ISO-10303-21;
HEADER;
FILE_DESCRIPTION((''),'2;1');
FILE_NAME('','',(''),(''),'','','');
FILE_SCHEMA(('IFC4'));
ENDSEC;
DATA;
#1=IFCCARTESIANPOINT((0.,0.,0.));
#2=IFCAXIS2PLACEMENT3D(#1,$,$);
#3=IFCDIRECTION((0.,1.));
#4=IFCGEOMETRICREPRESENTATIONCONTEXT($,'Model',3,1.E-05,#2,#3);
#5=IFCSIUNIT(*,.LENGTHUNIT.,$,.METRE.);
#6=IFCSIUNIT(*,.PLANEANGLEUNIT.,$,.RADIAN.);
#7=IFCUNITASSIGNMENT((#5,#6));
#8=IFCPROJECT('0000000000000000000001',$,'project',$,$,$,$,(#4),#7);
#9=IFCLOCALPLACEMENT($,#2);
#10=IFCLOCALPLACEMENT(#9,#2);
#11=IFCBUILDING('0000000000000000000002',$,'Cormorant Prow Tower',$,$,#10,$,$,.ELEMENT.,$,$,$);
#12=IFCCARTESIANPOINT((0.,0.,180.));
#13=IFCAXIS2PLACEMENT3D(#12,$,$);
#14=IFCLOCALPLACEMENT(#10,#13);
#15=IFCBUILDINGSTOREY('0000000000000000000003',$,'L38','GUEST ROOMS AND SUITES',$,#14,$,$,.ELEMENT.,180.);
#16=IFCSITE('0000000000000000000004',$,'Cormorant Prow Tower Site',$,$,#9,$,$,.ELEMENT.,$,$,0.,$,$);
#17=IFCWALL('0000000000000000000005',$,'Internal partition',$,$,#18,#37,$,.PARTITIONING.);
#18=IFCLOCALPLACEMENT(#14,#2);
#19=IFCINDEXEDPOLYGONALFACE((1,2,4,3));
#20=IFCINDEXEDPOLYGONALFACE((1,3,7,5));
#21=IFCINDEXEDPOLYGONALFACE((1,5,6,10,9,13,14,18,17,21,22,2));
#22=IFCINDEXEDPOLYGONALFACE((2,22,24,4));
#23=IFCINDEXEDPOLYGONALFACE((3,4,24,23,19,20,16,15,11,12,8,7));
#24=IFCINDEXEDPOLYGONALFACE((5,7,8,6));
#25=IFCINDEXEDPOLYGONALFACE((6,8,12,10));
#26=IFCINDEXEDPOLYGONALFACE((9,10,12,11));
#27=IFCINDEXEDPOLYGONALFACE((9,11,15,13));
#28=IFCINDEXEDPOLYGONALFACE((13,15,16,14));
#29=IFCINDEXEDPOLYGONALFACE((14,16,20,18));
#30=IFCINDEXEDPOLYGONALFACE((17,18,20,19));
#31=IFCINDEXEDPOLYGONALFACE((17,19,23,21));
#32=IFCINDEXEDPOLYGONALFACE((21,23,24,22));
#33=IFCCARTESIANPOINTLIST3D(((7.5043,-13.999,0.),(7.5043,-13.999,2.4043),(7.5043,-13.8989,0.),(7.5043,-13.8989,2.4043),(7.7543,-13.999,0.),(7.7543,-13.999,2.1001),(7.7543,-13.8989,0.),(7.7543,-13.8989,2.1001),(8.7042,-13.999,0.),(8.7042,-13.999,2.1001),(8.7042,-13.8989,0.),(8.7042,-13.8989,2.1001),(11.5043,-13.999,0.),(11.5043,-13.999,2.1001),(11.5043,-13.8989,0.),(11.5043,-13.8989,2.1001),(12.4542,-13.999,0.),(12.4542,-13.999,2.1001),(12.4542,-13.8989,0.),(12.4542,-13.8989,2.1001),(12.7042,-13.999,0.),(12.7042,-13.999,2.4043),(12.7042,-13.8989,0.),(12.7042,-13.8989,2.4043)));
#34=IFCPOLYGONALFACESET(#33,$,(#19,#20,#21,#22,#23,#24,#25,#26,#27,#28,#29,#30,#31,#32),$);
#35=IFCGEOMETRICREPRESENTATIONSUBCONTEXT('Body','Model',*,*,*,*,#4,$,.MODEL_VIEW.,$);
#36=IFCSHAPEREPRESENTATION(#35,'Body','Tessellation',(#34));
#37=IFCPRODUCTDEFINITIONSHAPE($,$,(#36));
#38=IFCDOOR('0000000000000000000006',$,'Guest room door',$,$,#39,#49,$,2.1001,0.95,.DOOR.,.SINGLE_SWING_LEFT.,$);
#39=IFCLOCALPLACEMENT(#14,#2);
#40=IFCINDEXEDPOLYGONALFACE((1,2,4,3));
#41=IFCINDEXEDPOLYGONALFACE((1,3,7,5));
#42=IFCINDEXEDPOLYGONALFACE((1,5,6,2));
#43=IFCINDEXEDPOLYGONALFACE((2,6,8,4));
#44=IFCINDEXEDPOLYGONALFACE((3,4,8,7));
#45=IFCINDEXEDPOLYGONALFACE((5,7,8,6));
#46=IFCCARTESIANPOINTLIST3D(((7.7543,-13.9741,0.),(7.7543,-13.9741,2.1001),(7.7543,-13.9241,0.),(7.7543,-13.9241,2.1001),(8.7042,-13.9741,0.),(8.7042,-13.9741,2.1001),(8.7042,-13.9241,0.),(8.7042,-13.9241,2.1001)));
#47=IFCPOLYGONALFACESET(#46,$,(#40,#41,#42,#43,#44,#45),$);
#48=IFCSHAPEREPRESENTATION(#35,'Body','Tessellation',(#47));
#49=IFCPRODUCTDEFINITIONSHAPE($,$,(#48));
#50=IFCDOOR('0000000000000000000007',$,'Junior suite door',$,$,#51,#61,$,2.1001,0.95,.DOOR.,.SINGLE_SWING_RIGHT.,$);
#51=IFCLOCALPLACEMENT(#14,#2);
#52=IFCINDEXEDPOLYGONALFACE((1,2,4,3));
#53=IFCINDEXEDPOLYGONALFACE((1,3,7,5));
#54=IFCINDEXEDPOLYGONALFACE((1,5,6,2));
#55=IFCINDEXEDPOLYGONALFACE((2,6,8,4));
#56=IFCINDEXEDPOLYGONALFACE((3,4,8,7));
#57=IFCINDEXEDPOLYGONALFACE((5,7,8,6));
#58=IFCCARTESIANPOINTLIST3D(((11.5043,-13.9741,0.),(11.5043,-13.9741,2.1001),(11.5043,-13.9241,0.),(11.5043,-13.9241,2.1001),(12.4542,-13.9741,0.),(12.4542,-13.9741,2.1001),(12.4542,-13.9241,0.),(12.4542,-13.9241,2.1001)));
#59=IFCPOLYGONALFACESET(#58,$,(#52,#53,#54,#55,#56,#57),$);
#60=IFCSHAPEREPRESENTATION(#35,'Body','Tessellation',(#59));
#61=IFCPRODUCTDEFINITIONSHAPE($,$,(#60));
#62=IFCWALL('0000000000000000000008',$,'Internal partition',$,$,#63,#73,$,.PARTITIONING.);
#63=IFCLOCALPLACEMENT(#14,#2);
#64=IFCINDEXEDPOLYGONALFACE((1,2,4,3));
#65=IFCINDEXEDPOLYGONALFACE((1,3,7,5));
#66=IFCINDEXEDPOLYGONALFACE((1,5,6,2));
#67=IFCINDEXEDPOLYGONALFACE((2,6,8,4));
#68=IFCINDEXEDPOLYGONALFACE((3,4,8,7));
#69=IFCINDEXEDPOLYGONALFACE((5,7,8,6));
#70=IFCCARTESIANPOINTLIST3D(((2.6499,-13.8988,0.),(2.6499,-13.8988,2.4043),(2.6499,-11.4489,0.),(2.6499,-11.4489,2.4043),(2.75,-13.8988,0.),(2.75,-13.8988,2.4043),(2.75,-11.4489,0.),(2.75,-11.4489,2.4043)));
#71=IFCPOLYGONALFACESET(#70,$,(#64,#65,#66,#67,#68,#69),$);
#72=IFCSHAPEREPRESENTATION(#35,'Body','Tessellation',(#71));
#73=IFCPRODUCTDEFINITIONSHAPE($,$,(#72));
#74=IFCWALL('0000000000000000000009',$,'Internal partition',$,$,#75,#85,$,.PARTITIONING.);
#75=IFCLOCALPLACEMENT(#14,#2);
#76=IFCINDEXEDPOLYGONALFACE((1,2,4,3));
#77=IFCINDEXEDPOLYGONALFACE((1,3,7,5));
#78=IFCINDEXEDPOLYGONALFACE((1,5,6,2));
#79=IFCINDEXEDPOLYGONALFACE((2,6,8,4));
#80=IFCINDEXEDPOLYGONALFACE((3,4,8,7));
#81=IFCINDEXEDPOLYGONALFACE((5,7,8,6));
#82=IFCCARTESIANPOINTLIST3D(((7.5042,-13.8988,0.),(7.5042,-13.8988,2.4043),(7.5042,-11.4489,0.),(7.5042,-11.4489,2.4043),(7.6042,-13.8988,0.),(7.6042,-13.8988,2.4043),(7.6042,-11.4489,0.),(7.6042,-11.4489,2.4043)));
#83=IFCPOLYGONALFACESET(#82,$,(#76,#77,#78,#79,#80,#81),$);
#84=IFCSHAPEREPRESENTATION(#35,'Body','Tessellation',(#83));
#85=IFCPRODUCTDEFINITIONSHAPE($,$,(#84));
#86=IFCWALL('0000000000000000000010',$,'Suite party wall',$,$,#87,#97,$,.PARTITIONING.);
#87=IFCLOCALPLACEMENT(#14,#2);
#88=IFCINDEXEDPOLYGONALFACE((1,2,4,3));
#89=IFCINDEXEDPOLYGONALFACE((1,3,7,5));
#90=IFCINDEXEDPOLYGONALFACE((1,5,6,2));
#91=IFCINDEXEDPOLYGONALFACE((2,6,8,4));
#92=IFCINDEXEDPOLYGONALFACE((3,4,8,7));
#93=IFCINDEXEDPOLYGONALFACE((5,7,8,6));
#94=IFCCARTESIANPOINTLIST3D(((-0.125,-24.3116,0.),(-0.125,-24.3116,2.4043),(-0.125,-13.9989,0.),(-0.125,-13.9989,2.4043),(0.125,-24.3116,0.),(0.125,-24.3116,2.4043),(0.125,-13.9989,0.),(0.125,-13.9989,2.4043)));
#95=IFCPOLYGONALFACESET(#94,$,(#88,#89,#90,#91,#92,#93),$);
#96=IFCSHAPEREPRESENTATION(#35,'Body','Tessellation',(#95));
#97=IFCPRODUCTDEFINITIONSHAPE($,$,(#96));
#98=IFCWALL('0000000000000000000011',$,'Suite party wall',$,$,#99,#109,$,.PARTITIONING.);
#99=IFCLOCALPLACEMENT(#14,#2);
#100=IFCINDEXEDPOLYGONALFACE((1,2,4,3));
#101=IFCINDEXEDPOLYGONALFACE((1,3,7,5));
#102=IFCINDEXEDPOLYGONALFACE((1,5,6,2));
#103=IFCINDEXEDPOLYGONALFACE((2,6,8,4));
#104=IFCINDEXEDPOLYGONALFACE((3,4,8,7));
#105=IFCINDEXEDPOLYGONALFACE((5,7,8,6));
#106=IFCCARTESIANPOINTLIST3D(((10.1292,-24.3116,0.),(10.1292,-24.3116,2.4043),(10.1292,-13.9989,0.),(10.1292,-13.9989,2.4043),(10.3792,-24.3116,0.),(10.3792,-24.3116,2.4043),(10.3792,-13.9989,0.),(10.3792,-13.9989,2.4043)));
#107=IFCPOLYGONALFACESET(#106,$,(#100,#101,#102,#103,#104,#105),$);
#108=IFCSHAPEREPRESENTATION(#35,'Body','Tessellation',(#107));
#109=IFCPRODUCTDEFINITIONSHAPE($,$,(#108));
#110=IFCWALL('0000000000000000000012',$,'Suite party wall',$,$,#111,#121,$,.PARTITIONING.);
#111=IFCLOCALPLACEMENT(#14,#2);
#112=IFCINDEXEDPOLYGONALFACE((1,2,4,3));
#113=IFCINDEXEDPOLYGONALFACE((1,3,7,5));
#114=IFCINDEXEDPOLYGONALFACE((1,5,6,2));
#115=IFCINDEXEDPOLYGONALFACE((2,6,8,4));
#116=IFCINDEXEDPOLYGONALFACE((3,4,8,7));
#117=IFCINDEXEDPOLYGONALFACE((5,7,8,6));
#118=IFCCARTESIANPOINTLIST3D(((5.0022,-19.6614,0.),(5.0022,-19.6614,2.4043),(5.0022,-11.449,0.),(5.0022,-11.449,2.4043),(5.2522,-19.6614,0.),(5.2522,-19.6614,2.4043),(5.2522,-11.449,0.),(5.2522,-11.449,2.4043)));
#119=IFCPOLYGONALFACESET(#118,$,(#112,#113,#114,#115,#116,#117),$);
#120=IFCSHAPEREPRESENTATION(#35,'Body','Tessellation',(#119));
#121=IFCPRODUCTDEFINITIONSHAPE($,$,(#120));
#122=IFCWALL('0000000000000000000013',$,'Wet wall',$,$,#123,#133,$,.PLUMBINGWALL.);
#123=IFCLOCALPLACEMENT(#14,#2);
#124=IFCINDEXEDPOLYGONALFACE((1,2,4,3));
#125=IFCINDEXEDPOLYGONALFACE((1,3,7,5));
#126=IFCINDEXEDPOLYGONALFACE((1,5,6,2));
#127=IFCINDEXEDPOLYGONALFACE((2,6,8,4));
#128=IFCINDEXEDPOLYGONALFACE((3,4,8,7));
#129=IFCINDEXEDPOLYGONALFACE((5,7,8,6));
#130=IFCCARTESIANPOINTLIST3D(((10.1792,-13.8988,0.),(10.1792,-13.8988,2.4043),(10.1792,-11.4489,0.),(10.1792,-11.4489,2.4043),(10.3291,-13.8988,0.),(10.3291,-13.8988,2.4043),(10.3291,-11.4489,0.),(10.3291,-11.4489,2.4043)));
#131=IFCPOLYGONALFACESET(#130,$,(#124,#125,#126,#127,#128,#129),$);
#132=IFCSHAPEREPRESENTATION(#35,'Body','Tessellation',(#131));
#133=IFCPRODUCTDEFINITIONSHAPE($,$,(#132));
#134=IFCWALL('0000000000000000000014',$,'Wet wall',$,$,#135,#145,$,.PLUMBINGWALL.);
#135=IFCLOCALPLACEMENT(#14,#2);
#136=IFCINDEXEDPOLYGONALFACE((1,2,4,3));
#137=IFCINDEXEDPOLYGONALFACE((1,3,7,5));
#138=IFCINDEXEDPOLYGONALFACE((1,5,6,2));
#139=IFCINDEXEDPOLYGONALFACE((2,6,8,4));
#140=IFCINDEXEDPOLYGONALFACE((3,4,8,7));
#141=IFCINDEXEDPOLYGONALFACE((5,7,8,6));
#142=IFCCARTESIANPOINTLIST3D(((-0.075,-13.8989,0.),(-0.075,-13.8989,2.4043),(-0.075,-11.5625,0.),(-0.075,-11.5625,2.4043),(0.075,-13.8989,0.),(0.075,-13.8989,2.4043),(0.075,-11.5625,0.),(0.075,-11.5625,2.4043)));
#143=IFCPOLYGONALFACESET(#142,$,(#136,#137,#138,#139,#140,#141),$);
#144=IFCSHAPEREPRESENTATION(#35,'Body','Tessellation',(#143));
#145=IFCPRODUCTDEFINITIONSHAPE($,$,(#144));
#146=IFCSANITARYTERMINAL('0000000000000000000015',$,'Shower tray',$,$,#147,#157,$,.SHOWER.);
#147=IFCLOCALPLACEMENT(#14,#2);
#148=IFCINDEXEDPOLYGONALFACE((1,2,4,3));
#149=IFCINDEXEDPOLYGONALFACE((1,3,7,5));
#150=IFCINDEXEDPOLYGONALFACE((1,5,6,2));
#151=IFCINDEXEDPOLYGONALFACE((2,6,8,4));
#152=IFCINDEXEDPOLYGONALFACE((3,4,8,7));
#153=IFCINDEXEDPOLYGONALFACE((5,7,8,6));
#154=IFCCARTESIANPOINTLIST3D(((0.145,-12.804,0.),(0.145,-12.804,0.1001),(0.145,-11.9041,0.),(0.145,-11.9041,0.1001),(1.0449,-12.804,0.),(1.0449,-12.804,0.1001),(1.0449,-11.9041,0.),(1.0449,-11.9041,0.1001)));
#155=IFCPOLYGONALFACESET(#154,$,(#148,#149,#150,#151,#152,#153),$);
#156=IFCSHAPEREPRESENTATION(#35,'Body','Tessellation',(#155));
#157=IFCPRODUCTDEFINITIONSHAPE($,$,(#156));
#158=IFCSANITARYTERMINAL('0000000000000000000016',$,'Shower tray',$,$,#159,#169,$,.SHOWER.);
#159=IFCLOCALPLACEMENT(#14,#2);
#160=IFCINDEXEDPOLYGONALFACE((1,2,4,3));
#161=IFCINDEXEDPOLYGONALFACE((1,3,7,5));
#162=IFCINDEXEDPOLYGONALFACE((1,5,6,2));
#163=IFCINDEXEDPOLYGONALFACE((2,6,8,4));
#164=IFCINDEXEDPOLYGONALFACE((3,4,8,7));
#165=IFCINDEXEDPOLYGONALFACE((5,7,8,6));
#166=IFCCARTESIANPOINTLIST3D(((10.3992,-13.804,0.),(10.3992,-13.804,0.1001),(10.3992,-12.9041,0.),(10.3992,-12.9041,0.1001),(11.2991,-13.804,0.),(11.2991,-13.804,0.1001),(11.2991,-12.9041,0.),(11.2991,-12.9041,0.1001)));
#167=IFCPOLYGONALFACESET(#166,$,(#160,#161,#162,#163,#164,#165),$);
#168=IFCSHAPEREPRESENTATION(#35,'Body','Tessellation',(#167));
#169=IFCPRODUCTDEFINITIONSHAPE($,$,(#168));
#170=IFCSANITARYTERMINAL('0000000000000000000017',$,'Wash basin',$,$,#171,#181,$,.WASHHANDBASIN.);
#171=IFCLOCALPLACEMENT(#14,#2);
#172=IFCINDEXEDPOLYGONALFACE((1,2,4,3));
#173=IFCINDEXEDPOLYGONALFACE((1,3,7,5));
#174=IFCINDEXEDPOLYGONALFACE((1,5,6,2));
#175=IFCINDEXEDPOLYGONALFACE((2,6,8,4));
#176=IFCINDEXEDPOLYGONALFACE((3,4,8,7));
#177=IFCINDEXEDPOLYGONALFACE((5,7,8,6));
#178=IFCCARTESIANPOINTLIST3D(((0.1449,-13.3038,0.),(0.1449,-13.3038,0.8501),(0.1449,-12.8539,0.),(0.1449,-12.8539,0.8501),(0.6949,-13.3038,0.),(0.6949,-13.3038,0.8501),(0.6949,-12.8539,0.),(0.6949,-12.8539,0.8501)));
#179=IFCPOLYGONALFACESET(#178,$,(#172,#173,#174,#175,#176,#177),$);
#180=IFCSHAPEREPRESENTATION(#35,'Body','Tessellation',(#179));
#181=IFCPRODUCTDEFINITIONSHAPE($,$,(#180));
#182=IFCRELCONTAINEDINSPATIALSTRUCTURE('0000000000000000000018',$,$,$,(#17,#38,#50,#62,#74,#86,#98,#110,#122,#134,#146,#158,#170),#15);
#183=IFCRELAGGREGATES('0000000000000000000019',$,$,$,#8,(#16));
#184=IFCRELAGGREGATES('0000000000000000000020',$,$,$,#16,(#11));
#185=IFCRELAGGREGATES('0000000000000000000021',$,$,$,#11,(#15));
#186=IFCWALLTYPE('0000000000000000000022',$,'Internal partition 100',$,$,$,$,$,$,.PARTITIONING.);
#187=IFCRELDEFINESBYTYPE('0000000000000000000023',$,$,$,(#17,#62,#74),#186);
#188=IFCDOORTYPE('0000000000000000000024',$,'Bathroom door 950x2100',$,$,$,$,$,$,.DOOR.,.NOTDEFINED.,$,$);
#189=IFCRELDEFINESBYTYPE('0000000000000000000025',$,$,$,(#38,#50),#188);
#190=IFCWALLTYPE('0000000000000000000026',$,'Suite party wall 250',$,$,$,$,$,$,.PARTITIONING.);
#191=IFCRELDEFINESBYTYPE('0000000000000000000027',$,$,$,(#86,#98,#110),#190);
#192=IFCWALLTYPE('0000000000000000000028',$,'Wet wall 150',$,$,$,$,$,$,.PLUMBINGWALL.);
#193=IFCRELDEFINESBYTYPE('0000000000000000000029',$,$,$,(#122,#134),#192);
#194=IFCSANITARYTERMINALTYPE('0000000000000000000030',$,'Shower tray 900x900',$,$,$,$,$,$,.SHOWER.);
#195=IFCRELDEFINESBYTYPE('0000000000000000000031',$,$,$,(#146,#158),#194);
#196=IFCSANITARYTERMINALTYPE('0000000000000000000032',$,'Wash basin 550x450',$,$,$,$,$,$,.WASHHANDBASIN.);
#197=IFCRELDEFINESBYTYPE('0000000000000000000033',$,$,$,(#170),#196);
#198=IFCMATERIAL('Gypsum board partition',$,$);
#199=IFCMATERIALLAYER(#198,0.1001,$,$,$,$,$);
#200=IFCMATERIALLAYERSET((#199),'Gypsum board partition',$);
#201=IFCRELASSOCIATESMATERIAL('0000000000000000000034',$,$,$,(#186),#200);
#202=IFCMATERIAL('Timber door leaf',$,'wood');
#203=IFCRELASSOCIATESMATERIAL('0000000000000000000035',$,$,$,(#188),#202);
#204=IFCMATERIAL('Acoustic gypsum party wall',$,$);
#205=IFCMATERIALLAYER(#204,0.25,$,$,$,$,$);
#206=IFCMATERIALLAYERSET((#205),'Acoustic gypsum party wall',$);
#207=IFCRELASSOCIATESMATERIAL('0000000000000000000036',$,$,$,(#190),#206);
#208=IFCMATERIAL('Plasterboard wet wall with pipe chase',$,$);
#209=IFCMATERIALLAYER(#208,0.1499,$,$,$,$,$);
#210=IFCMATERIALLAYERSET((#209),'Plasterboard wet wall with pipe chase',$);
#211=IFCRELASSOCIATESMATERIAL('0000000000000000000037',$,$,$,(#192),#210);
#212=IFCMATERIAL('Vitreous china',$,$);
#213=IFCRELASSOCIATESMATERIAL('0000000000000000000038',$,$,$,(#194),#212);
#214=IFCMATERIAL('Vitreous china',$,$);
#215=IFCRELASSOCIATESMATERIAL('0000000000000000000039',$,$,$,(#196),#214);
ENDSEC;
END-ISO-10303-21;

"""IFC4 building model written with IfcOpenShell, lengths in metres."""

from ifc_helpers import new_model, si_unit, direction, frame, frame_2d, origin, origin_2d, place, context, subcontext, project, spatial, rectangle, extrude, material, layer, layer_set, type_object, element, fill, save


model = new_model("IFC4")

# Units and contexts
model_context = context("Model", 3, precision=1e-05, world=origin(), true_north=direction((0.0, 1.0)))
body_context = subcontext(model_context, "Body", "Model", "MODEL_VIEW")
ifc_project = project(units=[si_unit("LENGTHUNIT", "METRE"), si_unit("PLANEANGLEUNIT", "RADIAN")], contexts=[model_context])

# Site, building, storey
site_placement = place(None, origin())
site = spatial("IfcSite", under=ifc_project, at=site_placement, Name="Cormorant Prow Tower Site", CompositionType="ELEMENT", RefElevation=0.0)
building_placement = place(site_placement, origin())
building = spatial("IfcBuilding", under=site, at=building_placement, Name="Cormorant Prow Tower", CompositionType="ELEMENT")
storey_placement = place(building_placement, frame((0.0, 0.0, 180.0)))
storey = spatial("IfcBuildingStorey", under=building, at=storey_placement, Name="L38", Description="GUEST ROOMS AND SUITES", CompositionType="ELEMENT", Elevation=180.0)

# Wall, openings, doors
ifc_material_1 = material(Name="Gypsum board partition")
ifc_layer_1 = layer(ifc_material_1, 0.1001)
ifc_layer_set_1 = layer_set([ifc_layer_1], Name="Gypsum board partition")
wall_type_1 = type_object("IfcWallType", Name="Internal partition 100", PredefinedType="PARTITIONING", material=ifc_layer_set_1)
wall_1_placement = place(storey_placement, frame((7.5042, -13.949, 0.0), z_axis=(0.0, 0.0, 1.0), x_axis=(1.0, 0.0, 0.0)))
wall_1 = element("IfcWall", 1, at=wall_1_placement, inside=storey, type_object=wall_type_1, Name="Internal partition", PredefinedType="PARTITIONING", context=body_context, shape_type="SweptSolid", body=[
    extrude(rectangle(XDim=5.2, YDim=0.1001, at=frame_2d((2.6001, 0.0))), origin(), (0.0, 0.0, 1.0), 2.4043),
])
opening_1_placement = place(wall_1_placement, frame((0.25, 0.0, 0.0)))
opening_1 = element("IfcOpeningElement", 2, at=opening_1_placement, cuts=wall_1, PredefinedType="OPENING", context=body_context, shape_type="SweptSolid", body=[
    extrude(rectangle(XDim=0.95, YDim=2.1001, at=frame_2d((0.4751, 1.05))), frame((0.0, 0.0601, 0.0), z_axis=(0.0, -1.0, 0.0), x_axis=(1.0, 0.0, 0.0)), (0.0, 0.0, 1.0), 0.1201),
])
opening_2_placement = place(wall_1_placement, frame((4.0, 0.0, 0.0)))
opening_2 = element("IfcOpeningElement", 3, at=opening_2_placement, cuts=wall_1, PredefinedType="OPENING", context=body_context, shape_type="SweptSolid", body=[
    extrude(rectangle(XDim=0.95, YDim=2.1001, at=frame_2d((0.4751, 1.05))), frame((0.0, 0.0601, 0.0), z_axis=(0.0, -1.0, 0.0), x_axis=(1.0, 0.0, 0.0)), (0.0, 0.0, 1.0), 0.1201),
])
ifc_material_2 = material(Name="Timber door leaf", Category="wood")
door_type_1 = type_object("IfcDoorType", Name="Bathroom door 950x2100", OperationType="NOTDEFINED", PredefinedType="DOOR", material=ifc_material_2)
door_1_placement = place(opening_1_placement, origin())
door_1 = element("IfcDoor", 4, at=door_1_placement, inside=storey, type_object=door_type_1, Name="Guest room door", OperationType="SINGLE_SWING_LEFT", OverallHeight=2.1001, OverallWidth=0.95, PredefinedType="DOOR", context=body_context, shape_type="SweptSolid", body=[
    extrude(rectangle(XDim=0.95, YDim=2.1001, at=frame_2d((0.4751, 1.05))), frame((0.0, 0.0249, 0.0), z_axis=(0.0, -1.0, 0.0), x_axis=(1.0, 0.0, 0.0)), (0.0, 0.0, 1.0), 0.05),
])
fill(opening_1, door_1)
door_2_placement = place(opening_2_placement, origin())
door_2 = element("IfcDoor", 5, at=door_2_placement, inside=storey, type_object=door_type_1, Name="Junior suite door", OperationType="SINGLE_SWING_RIGHT", OverallHeight=2.1001, OverallWidth=0.95, PredefinedType="DOOR", context=body_context, shape_type="SweptSolid", body=[
    extrude(rectangle(XDim=0.95, YDim=2.1001, at=frame_2d((0.4751, 1.05))), frame((0.0, 0.0249, 0.0), z_axis=(0.0, -1.0, 0.0), x_axis=(1.0, 0.0, 0.0)), (0.0, 0.0, 1.0), 0.05),
])
fill(opening_2, door_2)

# Walls
for number, where, z_axis, x_axis, name in (
    (6, (2.7, -13.8989, 0.0), (0.0, 0.0, 1.0), (0.0, 1.0, 0.0), "Internal partition"),
    (7, (7.5542, -13.8989, 0.0), (0.0, 0.0, 1.0), (0.0, 1.0, 0.0), "Internal partition"),
):
    element("IfcWall", number, at=place(storey_placement, frame(where, z_axis=z_axis, x_axis=x_axis)), inside=storey, type_object=wall_type_1, Name=name, PredefinedType="PARTITIONING", context=body_context, shape_type="SweptSolid", body=[
        extrude(rectangle(XDim=2.45, YDim=0.1001, at=frame_2d((1.2251, 0.0))), origin(), (0.0, 0.0, 1.0), 2.4043),
    ])
ifc_material_3 = material(Name="Acoustic gypsum party wall")
ifc_layer_2 = layer(ifc_material_3, 0.25)
ifc_layer_set_2 = layer_set([ifc_layer_2], Name="Acoustic gypsum party wall")
wall_type_2 = type_object("IfcWallType", Name="Suite party wall 250", PredefinedType="PARTITIONING", material=ifc_layer_set_2)
for number, where, z_axis, x_axis, name in (
    (8, (0.0, -24.3115, 0.0), (0.0, 0.0, 1.0), (0.0, 1.0, 0.0), "Suite party wall"),
    (9, (10.2542, -24.3115, 0.0), (0.0, 0.0, 1.0), (0.0, 1.0, 0.0), "Suite party wall"),
):
    element("IfcWall", number, at=place(storey_placement, frame(where, z_axis=z_axis, x_axis=x_axis)), inside=storey, type_object=wall_type_2, Name=name, PredefinedType="PARTITIONING", context=body_context, shape_type="SweptSolid", body=[
        extrude(rectangle(XDim=10.3127, YDim=0.25, at=frame_2d((5.1562, 0.0))), origin(), (0.0, 0.0, 1.0), 2.4043),
    ])
wall_2_placement = place(storey_placement, frame((5.1272, -19.6614, 0.0), z_axis=(0.0, 0.0, 1.0), x_axis=(0.0, 1.0, 0.0)))
element("IfcWall", 10, at=wall_2_placement, inside=storey, type_object=wall_type_2, Name="Suite party wall", PredefinedType="PARTITIONING", context=body_context, shape_type="SweptSolid", body=[
    extrude(rectangle(XDim=8.2124, YDim=0.25, at=frame_2d((4.1062, 0.0))), origin(), (0.0, 0.0, 1.0), 2.4043),
])

# Walls
ifc_material_4 = material(Name="Plasterboard wet wall with pipe chase")
ifc_layer_3 = layer(ifc_material_4, 0.1499)
ifc_layer_set_3 = layer_set([ifc_layer_3], Name="Plasterboard wet wall with pipe chase")
wall_type_3 = type_object("IfcWallType", Name="Wet wall 150", PredefinedType="PLUMBINGWALL", material=ifc_layer_set_3)
wall_3_placement = place(storey_placement, frame((10.2542, -13.8989, 0.0), z_axis=(0.0, 0.0, 1.0), x_axis=(0.0, 1.0, 0.0)))
element("IfcWall", 11, at=wall_3_placement, inside=storey, type_object=wall_type_3, Name="Wet wall", PredefinedType="PLUMBINGWALL", context=body_context, shape_type="SweptSolid", body=[
    extrude(rectangle(XDim=2.45, YDim=0.1499, at=frame_2d((1.2251, 0.0))), origin(), (0.0, 0.0, 1.0), 2.4043),
])
wall_4_placement = place(storey_placement, frame((0.0, -13.8989, 0.0), z_axis=(0.0, 0.0, 1.0), x_axis=(0.0, 1.0, 0.0)))
element("IfcWall", 12, at=wall_4_placement, inside=storey, type_object=wall_type_3, Name="Wet wall", PredefinedType="PLUMBINGWALL", context=body_context, shape_type="SweptSolid", body=[
    extrude(rectangle(XDim=2.3364, YDim=0.1499, at=frame_2d((1.1682, 0.0))), origin(), (0.0, 0.0, 1.0), 2.4043),
])

# Sanitary terminals
ifc_material_5 = material(Name="Vitreous china")
sanitary_terminal_type_1 = type_object("IfcSanitaryTerminalType", Name="Shower tray 900x900", PredefinedType="SHOWER", material=ifc_material_5)
for number, where, z_axis, x_axis, name in (
    (13, (0.595, -12.354, 0.0), (0.0, 0.0, 1.0), (1.0, 0.0, 0.0), "Shower tray"),
    (14, (10.8491, -13.354, 0.0), (0.0, 0.0, 1.0), (0.0, 1.0, 0.0), "Shower tray"),
):
    element("IfcSanitaryTerminal", number, at=place(storey_placement, frame(where, z_axis=z_axis, x_axis=x_axis)), inside=storey, type_object=sanitary_terminal_type_1, Name=name, PredefinedType="SHOWER", context=body_context, shape_type="SweptSolid", body=[
        extrude(rectangle(XDim=0.8999, YDim=0.8999, at=origin_2d()), origin(), (0.0, 0.0, 1.0), 0.1001),
    ])
ifc_material_6 = material(Name="Vitreous china")
sanitary_terminal_type_2 = type_object("IfcSanitaryTerminalType", Name="Wash basin 550x450", PredefinedType="WASHHANDBASIN", material=ifc_material_6)
for number, where, z_axis, x_axis, name in (
    (15, (0.4199, -13.0789, 0.0), (0.0, 0.0, 1.0), (1.0, 0.0, 0.0), "Wash basin"),
):
    element("IfcSanitaryTerminal", number, at=place(storey_placement, frame(where, z_axis=z_axis, x_axis=x_axis)), inside=storey, type_object=sanitary_terminal_type_2, Name=name, PredefinedType="WASHHANDBASIN", context=body_context, shape_type="SweptSolid", body=[
        extrude(rectangle(XDim=0.55, YDim=0.45, at=origin_2d()), origin(), (0.0, 0.0, 1.0), 0.8501),
    ])

save(model, "model.ifc")
